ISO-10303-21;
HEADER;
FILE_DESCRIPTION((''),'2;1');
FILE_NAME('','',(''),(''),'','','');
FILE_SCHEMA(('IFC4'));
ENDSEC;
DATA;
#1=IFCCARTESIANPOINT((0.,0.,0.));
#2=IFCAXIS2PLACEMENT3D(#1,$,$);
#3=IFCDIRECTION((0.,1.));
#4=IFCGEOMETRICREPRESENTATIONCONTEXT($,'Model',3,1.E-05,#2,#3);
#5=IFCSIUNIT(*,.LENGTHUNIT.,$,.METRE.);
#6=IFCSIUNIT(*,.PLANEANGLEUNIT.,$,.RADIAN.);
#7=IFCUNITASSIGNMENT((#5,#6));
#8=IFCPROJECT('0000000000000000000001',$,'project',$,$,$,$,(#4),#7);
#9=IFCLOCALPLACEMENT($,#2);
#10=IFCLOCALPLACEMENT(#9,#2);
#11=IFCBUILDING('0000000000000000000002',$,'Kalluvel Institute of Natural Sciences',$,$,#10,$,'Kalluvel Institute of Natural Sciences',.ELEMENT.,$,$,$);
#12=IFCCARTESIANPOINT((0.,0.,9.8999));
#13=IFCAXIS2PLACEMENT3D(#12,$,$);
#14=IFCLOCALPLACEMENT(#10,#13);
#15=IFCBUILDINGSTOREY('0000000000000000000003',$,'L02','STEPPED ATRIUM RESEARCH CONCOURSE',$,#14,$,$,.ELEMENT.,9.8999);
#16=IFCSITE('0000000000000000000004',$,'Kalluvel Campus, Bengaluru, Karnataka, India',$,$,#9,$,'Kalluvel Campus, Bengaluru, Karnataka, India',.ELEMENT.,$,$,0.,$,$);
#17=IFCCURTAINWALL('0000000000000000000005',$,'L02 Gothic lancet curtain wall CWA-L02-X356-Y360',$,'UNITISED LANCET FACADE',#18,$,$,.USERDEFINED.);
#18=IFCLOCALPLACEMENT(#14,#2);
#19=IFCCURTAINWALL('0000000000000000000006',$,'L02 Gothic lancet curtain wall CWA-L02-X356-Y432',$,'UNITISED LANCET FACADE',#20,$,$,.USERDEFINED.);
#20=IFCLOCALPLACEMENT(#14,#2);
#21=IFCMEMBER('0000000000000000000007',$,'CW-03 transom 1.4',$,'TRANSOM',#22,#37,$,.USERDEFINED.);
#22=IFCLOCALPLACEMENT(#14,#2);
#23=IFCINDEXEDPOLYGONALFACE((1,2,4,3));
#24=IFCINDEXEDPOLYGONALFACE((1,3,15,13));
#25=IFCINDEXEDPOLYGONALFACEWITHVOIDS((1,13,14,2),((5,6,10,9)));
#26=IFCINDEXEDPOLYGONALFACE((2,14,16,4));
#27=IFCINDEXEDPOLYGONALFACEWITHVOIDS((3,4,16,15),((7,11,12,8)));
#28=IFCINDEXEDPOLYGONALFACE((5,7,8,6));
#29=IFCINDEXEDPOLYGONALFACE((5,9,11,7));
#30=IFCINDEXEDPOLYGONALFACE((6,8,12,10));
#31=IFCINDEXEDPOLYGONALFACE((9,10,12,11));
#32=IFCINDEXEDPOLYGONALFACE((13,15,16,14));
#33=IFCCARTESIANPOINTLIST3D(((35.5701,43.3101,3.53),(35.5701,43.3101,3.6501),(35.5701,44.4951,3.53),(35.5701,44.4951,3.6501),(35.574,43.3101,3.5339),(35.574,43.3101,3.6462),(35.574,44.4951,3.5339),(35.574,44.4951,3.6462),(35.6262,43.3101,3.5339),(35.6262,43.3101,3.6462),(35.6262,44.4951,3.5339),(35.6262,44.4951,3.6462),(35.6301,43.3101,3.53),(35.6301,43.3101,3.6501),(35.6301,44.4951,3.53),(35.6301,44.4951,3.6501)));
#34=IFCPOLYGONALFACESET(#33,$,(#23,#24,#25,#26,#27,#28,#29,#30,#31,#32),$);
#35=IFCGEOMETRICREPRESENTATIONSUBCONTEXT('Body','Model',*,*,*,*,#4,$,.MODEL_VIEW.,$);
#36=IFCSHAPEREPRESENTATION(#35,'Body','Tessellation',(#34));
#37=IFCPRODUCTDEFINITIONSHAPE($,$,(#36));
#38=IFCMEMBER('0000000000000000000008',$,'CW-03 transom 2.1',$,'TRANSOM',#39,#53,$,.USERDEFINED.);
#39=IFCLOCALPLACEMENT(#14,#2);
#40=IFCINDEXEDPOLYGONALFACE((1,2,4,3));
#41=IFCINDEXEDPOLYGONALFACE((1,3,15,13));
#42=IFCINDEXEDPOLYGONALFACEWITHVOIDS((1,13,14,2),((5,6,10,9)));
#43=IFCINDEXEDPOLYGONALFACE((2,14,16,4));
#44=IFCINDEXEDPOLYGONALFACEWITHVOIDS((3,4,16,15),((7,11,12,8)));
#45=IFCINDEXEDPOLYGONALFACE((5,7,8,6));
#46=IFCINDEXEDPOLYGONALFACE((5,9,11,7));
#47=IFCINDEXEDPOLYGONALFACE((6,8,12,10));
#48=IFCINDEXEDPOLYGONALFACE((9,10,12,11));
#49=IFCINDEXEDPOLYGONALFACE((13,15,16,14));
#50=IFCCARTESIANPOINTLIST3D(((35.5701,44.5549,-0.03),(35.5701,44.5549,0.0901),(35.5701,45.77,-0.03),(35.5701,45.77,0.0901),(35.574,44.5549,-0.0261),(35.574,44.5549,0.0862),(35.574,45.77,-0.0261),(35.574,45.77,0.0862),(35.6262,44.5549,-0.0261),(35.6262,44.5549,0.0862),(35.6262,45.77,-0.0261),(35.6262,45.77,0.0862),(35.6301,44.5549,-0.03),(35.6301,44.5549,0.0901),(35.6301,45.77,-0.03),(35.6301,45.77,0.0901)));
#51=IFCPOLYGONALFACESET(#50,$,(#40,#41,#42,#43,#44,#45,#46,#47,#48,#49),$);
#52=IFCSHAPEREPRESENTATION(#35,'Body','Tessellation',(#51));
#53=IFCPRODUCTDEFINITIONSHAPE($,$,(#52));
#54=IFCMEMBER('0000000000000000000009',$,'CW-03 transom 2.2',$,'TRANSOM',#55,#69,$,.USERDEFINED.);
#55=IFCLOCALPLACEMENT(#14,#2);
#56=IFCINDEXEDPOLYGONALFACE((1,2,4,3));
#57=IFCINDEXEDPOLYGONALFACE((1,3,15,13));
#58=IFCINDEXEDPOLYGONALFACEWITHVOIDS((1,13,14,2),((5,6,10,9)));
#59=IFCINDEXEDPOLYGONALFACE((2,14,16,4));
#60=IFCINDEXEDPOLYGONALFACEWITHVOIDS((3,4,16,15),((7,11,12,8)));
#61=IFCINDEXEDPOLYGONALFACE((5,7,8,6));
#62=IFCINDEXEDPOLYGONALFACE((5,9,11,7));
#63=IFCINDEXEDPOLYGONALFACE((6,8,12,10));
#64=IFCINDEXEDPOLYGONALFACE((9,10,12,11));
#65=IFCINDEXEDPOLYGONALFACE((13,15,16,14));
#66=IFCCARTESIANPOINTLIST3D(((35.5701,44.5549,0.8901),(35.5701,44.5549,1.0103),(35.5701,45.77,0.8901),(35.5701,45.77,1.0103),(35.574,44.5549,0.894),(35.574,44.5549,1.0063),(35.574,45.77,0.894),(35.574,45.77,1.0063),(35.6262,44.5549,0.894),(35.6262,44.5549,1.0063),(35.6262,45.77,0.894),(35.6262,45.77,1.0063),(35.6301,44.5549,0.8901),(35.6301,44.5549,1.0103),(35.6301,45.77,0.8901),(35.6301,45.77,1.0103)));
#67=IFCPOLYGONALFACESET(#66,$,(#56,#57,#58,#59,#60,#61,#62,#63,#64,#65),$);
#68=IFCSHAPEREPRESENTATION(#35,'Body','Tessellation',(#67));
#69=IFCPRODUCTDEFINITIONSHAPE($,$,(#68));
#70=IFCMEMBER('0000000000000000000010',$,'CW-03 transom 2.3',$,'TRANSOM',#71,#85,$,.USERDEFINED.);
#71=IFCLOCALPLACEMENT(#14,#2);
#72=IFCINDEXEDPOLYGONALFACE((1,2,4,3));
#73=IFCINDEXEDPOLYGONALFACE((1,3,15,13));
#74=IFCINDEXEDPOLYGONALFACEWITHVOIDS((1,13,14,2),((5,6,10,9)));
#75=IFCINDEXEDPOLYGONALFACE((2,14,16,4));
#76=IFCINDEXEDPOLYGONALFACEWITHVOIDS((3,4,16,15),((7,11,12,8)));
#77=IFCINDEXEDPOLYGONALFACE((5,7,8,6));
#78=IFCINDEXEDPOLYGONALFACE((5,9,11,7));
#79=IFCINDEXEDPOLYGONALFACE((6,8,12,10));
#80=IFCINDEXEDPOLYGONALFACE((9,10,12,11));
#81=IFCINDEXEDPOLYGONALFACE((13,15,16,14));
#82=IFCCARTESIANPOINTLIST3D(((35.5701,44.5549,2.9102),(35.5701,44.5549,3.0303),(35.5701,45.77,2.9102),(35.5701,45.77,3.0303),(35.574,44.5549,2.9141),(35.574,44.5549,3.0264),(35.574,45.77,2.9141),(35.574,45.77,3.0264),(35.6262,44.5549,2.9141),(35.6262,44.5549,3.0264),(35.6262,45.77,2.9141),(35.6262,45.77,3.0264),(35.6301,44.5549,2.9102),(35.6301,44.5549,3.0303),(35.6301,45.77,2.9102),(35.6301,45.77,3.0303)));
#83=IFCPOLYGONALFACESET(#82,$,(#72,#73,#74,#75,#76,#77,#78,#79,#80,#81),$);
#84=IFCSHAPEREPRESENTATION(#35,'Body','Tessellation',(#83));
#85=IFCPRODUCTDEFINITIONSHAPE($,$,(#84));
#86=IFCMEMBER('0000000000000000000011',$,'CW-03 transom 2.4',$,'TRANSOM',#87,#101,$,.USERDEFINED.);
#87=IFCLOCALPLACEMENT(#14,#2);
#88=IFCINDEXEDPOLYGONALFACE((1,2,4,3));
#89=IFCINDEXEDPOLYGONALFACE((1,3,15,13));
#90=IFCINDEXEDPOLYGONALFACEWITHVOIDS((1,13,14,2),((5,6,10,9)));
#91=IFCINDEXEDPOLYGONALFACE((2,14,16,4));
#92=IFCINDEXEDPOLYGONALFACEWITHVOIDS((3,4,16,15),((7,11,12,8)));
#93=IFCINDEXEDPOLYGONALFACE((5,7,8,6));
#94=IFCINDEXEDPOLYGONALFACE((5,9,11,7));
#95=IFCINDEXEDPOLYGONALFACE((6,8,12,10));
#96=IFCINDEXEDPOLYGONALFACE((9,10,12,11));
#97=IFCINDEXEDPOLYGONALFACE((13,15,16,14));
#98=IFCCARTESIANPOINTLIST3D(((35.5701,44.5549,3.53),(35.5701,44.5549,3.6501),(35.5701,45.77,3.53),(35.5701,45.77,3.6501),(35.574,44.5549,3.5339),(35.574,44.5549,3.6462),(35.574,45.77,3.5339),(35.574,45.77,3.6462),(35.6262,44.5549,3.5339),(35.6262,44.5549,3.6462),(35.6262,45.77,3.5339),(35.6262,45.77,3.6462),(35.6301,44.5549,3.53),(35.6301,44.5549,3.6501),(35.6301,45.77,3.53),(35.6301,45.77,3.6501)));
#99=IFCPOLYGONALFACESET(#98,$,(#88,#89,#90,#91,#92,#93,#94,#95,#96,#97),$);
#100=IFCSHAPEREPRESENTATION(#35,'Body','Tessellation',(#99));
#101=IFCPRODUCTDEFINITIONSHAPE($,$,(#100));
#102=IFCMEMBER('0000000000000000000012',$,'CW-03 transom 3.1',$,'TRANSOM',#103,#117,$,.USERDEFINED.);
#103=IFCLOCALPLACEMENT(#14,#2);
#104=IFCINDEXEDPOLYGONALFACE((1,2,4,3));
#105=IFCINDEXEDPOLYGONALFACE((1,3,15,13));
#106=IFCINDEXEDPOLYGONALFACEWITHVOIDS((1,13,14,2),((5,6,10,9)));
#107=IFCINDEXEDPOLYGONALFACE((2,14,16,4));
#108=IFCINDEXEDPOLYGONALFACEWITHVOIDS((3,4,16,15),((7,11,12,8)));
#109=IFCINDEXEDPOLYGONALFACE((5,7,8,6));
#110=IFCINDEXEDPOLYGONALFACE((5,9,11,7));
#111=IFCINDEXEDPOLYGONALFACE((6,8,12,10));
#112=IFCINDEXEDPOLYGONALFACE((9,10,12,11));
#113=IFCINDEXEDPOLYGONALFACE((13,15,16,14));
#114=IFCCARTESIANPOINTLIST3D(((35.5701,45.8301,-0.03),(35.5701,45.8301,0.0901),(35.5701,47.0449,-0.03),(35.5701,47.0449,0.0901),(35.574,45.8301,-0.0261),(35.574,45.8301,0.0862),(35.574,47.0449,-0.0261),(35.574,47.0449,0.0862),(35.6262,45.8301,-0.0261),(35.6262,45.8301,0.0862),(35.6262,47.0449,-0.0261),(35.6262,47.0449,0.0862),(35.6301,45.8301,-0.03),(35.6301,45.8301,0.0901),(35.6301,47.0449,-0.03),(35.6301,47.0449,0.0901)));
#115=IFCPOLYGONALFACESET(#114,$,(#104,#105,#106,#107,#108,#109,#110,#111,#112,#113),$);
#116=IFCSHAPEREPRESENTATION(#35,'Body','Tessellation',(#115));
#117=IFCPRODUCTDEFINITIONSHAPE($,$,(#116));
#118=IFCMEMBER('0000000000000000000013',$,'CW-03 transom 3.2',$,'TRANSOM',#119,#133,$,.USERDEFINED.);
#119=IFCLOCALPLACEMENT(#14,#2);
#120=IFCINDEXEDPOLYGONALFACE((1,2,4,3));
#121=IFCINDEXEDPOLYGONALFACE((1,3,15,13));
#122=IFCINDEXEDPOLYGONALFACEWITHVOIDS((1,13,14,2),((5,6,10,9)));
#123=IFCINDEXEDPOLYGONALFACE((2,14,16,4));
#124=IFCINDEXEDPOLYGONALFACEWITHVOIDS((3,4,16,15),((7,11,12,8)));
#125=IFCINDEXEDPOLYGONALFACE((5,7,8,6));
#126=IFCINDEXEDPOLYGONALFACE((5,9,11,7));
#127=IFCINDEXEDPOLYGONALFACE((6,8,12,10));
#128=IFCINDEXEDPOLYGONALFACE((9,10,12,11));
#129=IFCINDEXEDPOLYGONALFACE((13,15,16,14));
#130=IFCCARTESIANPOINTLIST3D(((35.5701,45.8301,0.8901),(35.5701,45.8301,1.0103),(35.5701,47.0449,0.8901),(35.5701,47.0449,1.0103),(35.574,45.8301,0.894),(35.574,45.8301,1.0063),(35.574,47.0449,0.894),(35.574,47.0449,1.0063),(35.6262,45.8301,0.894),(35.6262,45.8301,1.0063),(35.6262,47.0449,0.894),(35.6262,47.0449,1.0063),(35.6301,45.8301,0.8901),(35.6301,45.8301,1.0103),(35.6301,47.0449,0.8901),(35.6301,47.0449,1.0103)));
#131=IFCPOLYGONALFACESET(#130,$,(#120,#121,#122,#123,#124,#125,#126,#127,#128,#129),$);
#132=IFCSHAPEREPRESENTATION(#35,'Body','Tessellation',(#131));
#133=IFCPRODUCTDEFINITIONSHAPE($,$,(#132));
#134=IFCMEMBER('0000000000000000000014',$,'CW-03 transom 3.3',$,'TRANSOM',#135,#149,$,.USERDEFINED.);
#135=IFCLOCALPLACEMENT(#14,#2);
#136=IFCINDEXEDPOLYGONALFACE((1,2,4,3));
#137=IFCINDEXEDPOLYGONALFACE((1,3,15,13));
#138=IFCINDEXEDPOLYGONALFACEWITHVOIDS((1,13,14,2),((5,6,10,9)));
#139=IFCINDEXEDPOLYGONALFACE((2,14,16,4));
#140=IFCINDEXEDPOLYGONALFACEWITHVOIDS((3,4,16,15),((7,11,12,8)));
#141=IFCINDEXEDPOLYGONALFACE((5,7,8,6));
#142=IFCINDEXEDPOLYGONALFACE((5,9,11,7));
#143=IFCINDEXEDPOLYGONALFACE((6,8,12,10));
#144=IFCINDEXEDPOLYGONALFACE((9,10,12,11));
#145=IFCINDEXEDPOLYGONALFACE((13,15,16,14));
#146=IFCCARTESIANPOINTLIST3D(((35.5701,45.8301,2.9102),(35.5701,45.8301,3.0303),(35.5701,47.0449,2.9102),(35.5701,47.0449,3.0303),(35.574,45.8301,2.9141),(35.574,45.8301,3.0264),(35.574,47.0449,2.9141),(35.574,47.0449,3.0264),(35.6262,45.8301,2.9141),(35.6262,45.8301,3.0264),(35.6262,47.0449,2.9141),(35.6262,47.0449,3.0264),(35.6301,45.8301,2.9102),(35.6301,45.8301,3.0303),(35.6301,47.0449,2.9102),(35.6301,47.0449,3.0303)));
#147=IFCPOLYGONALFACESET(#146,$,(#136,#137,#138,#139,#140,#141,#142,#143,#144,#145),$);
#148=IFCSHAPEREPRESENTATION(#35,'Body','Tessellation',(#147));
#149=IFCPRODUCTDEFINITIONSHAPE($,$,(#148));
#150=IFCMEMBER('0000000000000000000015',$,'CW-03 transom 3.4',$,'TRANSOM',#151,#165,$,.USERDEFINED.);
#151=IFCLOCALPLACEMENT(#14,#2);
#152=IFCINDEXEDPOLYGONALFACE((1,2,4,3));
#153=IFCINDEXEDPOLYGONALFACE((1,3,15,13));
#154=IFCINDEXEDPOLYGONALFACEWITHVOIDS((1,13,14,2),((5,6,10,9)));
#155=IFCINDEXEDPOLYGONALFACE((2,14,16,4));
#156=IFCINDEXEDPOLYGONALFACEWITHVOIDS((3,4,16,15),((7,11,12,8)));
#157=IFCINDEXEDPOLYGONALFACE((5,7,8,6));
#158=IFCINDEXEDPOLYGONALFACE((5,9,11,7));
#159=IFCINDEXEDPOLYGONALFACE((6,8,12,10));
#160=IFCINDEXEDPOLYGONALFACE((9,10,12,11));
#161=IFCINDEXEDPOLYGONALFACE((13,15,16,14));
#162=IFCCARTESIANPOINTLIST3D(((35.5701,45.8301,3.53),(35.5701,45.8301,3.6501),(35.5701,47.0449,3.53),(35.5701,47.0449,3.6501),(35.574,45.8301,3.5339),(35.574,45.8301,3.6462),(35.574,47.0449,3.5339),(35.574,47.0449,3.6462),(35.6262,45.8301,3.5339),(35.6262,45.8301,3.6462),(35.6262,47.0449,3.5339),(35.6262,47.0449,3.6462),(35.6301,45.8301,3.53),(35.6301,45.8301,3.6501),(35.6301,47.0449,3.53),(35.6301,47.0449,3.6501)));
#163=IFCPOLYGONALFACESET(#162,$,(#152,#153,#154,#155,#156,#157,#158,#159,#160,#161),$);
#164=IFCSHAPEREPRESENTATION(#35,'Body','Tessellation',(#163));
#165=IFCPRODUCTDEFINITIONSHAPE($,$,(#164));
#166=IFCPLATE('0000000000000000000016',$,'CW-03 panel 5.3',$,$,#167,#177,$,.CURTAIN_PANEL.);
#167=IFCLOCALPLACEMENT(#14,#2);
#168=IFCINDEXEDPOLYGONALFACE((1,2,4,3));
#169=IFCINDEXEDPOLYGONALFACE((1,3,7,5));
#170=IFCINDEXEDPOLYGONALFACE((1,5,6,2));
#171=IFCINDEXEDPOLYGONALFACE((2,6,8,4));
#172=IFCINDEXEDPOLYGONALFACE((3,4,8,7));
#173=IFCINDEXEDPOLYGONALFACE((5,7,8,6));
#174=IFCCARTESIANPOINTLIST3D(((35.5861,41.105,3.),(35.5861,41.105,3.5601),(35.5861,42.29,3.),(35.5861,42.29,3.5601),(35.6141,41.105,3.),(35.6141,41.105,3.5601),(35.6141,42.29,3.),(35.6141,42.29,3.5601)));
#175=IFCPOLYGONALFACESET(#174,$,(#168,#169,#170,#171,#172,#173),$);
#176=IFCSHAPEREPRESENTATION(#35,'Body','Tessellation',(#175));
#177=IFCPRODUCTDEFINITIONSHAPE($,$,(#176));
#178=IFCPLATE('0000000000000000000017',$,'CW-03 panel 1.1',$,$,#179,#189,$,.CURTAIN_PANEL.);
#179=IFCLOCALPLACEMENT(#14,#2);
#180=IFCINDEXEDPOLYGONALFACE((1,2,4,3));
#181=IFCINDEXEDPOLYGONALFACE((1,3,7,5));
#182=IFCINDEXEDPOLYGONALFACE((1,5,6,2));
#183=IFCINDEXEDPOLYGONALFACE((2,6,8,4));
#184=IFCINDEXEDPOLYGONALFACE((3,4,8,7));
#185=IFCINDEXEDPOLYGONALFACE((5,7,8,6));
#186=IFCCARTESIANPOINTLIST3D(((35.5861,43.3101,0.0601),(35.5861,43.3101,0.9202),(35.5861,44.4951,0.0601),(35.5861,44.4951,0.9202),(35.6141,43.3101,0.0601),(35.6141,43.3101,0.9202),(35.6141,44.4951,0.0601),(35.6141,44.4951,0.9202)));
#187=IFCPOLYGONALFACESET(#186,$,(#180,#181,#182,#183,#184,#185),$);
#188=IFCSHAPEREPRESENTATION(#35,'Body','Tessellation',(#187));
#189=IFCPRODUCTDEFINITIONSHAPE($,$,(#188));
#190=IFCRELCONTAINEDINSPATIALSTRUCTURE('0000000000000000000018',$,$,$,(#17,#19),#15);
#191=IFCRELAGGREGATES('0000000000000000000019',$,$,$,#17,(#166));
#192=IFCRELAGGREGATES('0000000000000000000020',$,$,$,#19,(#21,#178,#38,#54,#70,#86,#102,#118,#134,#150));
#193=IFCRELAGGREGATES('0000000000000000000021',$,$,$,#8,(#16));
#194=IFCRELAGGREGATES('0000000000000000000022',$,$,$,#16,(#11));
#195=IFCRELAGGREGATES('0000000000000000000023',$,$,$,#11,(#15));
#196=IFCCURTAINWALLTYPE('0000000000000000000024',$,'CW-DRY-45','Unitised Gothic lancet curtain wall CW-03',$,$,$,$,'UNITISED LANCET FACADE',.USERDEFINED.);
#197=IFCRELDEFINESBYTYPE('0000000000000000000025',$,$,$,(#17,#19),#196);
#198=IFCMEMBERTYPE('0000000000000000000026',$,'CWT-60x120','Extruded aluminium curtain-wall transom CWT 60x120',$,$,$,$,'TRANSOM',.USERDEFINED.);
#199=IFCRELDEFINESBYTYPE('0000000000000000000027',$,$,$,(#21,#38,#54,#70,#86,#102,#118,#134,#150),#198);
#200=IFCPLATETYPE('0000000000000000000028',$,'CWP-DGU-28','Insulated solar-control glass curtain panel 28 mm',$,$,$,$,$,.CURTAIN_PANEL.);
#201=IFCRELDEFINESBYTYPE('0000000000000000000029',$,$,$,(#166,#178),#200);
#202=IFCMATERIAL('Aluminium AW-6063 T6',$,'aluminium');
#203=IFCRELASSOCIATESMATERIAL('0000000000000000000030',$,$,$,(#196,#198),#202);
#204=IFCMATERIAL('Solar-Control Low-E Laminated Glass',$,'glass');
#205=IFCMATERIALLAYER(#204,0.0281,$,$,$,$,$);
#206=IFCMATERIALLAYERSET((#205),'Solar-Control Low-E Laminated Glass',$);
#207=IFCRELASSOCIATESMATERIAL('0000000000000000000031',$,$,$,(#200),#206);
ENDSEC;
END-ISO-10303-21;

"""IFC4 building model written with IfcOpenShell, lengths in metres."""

from ifc_helpers import new_model, si_unit, direction, frame, origin, origin_2d, place, context, subcontext, project, spatial, rectangle, hollow_rectangle, extrude, material, layer, layer_set, material_profile, profile_set, type_object, element, aggregate, save


model = new_model("IFC4")

# Units and contexts
model_context = context("Model", 3, precision=1e-05, world=origin(), true_north=direction((0.0, 1.0)))
body_context = subcontext(model_context, "Body", "Model", "MODEL_VIEW")
ifc_project = project(units=[si_unit("LENGTHUNIT", "METRE"), si_unit("PLANEANGLEUNIT", "RADIAN")], contexts=[model_context])

# Site, building, storey
site_placement = place(None, origin())
site = spatial("IfcSite", under=ifc_project, at=site_placement, Name="Kalluvel Campus, Bengaluru, Karnataka, India", LongName="Kalluvel Campus, Bengaluru, Karnataka, India", CompositionType="ELEMENT", RefElevation=0.0)
building_placement = place(site_placement, origin())
building = spatial("IfcBuilding", under=site, at=building_placement, Name="Kalluvel Institute of Natural Sciences", LongName="Kalluvel Institute of Natural Sciences", CompositionType="ELEMENT")
storey_placement = place(building_placement, frame((0.0, 0.0, 9.8999)))
storey = spatial("IfcBuildingStorey", under=building, at=storey_placement, Name="L02", Description="STEPPED ATRIUM RESEARCH CONCOURSE", CompositionType="ELEMENT", Elevation=9.8999)

# Curtain wall
ifc_material_1 = material(Name="Aluminium AW-6063 T6", Category="aluminium")
curtain_wall_type = type_object("IfcCurtainWallType", Name="CW-DRY-45", Description="Unitised Gothic lancet curtain wall CW-03", ElementType="UNITISED LANCET FACADE", PredefinedType="USERDEFINED", material=ifc_material_1)
curtain_wall_1_placement = place(storey_placement, origin())
curtain_wall_1 = element("IfcCurtainWall", 1, at=curtain_wall_1_placement, inside=storey, type_object=curtain_wall_type, Name="L02 Gothic lancet curtain wall CWA-L02-X356-Y360", ObjectType="UNITISED LANCET FACADE", PredefinedType="USERDEFINED")

# Curtain wall, members
curtain_wall_2_placement = place(storey_placement, origin())
curtain_wall_2 = element("IfcCurtainWall", 2, at=curtain_wall_2_placement, inside=storey, type_object=curtain_wall_type, Name="L02 Gothic lancet curtain wall CWA-L02-X356-Y432", ObjectType="UNITISED LANCET FACADE", PredefinedType="USERDEFINED")
ifc_material_profile_1 = material_profile(ifc_material_1, hollow_rectangle(XDim=0.0601, YDim=0.1201, WallThickness=0.0039, at=origin_2d()), Name="CWT 60x120")
ifc_profile_set_1 = profile_set([ifc_material_profile_1], Name="Aluminium AW-6063 T6")
member_type_1 = type_object("IfcMemberType", Name="CWT-60x120", Description="Extruded aluminium curtain-wall transom CWT 60x120", ElementType="TRANSOM", PredefinedType="USERDEFINED", material=ifc_profile_set_1)
member_1_placement = place(storey_placement, frame((35.6001, 43.3101, 3.5901), z_axis=(0.0, 1.0, 0.0), x_axis=(-1.0, 0.0, 0.0)))
member_1 = element("IfcMember", 3, at=member_1_placement, type_object=member_type_1, Name="CW-03 transom 1.4", ObjectType="TRANSOM", PredefinedType="USERDEFINED", context=body_context, shape_type="SweptSolid", body=[
    extrude(hollow_rectangle(XDim=0.0601, YDim=0.1201, WallThickness=0.0039, at=origin_2d()), origin(), (0.0, 0.0, 1.0), 1.1851),
])
member_2_placement = place(storey_placement, frame((35.6001, 44.5549, 0.03), z_axis=(0.0, 1.0, 0.0), x_axis=(-1.0, 0.0, 0.0)))
member_2 = element("IfcMember", 4, at=member_2_placement, type_object=member_type_1, Name="CW-03 transom 2.1", ObjectType="TRANSOM", PredefinedType="USERDEFINED", context=body_context, shape_type="SweptSolid", body=[
    extrude(hollow_rectangle(XDim=0.0601, YDim=0.1201, WallThickness=0.0039, at=origin_2d()), origin(), (0.0, 0.0, 1.0), 1.2151),
])
member_3_placement = place(storey_placement, frame((35.6001, 44.5549, 0.9502), z_axis=(0.0, 1.0, 0.0), x_axis=(-1.0, 0.0, 0.0)))
member_3 = element("IfcMember", 5, at=member_3_placement, type_object=member_type_1, Name="CW-03 transom 2.2", ObjectType="TRANSOM", PredefinedType="USERDEFINED", context=body_context, shape_type="SweptSolid", body=[
    extrude(hollow_rectangle(XDim=0.0601, YDim=0.1201, WallThickness=0.0039, at=origin_2d()), origin(), (0.0, 0.0, 1.0), 1.2151),
])
member_4_placement = place(storey_placement, frame((35.6001, 44.5549, 2.9702), z_axis=(0.0, 1.0, 0.0), x_axis=(-1.0, 0.0, 0.0)))
member_4 = element("IfcMember", 6, at=member_4_placement, type_object=member_type_1, Name="CW-03 transom 2.3", ObjectType="TRANSOM", PredefinedType="USERDEFINED", context=body_context, shape_type="SweptSolid", body=[
    extrude(hollow_rectangle(XDim=0.0601, YDim=0.1201, WallThickness=0.0039, at=origin_2d()), origin(), (0.0, 0.0, 1.0), 1.2151),
])
member_5_placement = place(storey_placement, frame((35.6001, 44.5549, 3.5901), z_axis=(0.0, 1.0, 0.0), x_axis=(-1.0, 0.0, 0.0)))
member_5 = element("IfcMember", 7, at=member_5_placement, type_object=member_type_1, Name="CW-03 transom 2.4", ObjectType="TRANSOM", PredefinedType="USERDEFINED", context=body_context, shape_type="SweptSolid", body=[
    extrude(hollow_rectangle(XDim=0.0601, YDim=0.1201, WallThickness=0.0039, at=origin_2d()), origin(), (0.0, 0.0, 1.0), 1.2151),
])
member_6_placement = place(storey_placement, frame((35.6001, 45.8301, 0.03), z_axis=(0.0, 1.0, 0.0), x_axis=(-1.0, 0.0, 0.0)))
member_6 = element("IfcMember", 8, at=member_6_placement, type_object=member_type_1, Name="CW-03 transom 3.1", ObjectType="TRANSOM", PredefinedType="USERDEFINED", context=body_context, shape_type="SweptSolid", body=[
    extrude(hollow_rectangle(XDim=0.0601, YDim=0.1201, WallThickness=0.0039, at=origin_2d()), origin(), (0.0, 0.0, 1.0), 1.2148),
])
member_7_placement = place(storey_placement, frame((35.6001, 45.8301, 0.9502), z_axis=(0.0, 1.0, 0.0), x_axis=(-1.0, 0.0, 0.0)))
member_7 = element("IfcMember", 9, at=member_7_placement, type_object=member_type_1, Name="CW-03 transom 3.2", ObjectType="TRANSOM", PredefinedType="USERDEFINED", context=body_context, shape_type="SweptSolid", body=[
    extrude(hollow_rectangle(XDim=0.0601, YDim=0.1201, WallThickness=0.0039, at=origin_2d()), origin(), (0.0, 0.0, 1.0), 1.2148),
])
member_8_placement = place(storey_placement, frame((35.6001, 45.8301, 2.9702), z_axis=(0.0, 1.0, 0.0), x_axis=(-1.0, 0.0, 0.0)))
member_8 = element("IfcMember", 10, at=member_8_placement, type_object=member_type_1, Name="CW-03 transom 3.3", ObjectType="TRANSOM", PredefinedType="USERDEFINED", context=body_context, shape_type="SweptSolid", body=[
    extrude(hollow_rectangle(XDim=0.0601, YDim=0.1201, WallThickness=0.0039, at=origin_2d()), origin(), (0.0, 0.0, 1.0), 1.2148),
])
member_9_placement = place(storey_placement, frame((35.6001, 45.8301, 3.5901), z_axis=(0.0, 1.0, 0.0), x_axis=(-1.0, 0.0, 0.0)))
member_9 = element("IfcMember", 11, at=member_9_placement, type_object=member_type_1, Name="CW-03 transom 3.4", ObjectType="TRANSOM", PredefinedType="USERDEFINED", context=body_context, shape_type="SweptSolid", body=[
    extrude(hollow_rectangle(XDim=0.0601, YDim=0.1201, WallThickness=0.0039, at=origin_2d()), origin(), (0.0, 0.0, 1.0), 1.2148),
])

# Plates
ifc_material_2 = material(Name="Solar-Control Low-E Laminated Glass", Category="glass")
ifc_layer = layer(ifc_material_2, 0.0281)
ifc_layer_set = layer_set([ifc_layer], Name="Solar-Control Low-E Laminated Glass")
plate_type = type_object("IfcPlateType", Name="CWP-DGU-28", Description="Insulated solar-control glass curtain panel 28 mm", PredefinedType="CURTAIN_PANEL", material=ifc_layer_set)
plate_1_placement = place(storey_placement, frame((35.6001, 41.6975, 3.0), z_axis=(0.0, 0.0, 1.0), x_axis=(0.0, 1.0, 0.0)))
plate_1 = element("IfcPlate", 12, at=plate_1_placement, type_object=plate_type, Name="CW-03 panel 5.3", PredefinedType="CURTAIN_PANEL", context=body_context, shape_type="SweptSolid", body=[
    extrude(rectangle(XDim=1.1851, YDim=0.0281, at=origin_2d()), origin(), (0.0, 0.0, 1.0), 0.5601),
])
aggregate(curtain_wall_1, [plate_1])
plate_2_placement = place(storey_placement, frame((35.6001, 43.9026, 0.0601), z_axis=(0.0, 0.0, 1.0), x_axis=(0.0, 1.0, 0.0)))
plate_2 = element("IfcPlate", 13, at=plate_2_placement, type_object=plate_type, Name="CW-03 panel 1.1", PredefinedType="CURTAIN_PANEL", context=body_context, shape_type="SweptSolid", body=[
    extrude(rectangle(XDim=1.1851, YDim=0.0281, at=origin_2d()), origin(), (0.0, 0.0, 1.0), 0.8601),
])
aggregate(curtain_wall_2, [member_1, plate_2, member_2, member_3, member_4, member_5, member_6, member_7, member_8, member_9])

save(model, "model.ifc")
